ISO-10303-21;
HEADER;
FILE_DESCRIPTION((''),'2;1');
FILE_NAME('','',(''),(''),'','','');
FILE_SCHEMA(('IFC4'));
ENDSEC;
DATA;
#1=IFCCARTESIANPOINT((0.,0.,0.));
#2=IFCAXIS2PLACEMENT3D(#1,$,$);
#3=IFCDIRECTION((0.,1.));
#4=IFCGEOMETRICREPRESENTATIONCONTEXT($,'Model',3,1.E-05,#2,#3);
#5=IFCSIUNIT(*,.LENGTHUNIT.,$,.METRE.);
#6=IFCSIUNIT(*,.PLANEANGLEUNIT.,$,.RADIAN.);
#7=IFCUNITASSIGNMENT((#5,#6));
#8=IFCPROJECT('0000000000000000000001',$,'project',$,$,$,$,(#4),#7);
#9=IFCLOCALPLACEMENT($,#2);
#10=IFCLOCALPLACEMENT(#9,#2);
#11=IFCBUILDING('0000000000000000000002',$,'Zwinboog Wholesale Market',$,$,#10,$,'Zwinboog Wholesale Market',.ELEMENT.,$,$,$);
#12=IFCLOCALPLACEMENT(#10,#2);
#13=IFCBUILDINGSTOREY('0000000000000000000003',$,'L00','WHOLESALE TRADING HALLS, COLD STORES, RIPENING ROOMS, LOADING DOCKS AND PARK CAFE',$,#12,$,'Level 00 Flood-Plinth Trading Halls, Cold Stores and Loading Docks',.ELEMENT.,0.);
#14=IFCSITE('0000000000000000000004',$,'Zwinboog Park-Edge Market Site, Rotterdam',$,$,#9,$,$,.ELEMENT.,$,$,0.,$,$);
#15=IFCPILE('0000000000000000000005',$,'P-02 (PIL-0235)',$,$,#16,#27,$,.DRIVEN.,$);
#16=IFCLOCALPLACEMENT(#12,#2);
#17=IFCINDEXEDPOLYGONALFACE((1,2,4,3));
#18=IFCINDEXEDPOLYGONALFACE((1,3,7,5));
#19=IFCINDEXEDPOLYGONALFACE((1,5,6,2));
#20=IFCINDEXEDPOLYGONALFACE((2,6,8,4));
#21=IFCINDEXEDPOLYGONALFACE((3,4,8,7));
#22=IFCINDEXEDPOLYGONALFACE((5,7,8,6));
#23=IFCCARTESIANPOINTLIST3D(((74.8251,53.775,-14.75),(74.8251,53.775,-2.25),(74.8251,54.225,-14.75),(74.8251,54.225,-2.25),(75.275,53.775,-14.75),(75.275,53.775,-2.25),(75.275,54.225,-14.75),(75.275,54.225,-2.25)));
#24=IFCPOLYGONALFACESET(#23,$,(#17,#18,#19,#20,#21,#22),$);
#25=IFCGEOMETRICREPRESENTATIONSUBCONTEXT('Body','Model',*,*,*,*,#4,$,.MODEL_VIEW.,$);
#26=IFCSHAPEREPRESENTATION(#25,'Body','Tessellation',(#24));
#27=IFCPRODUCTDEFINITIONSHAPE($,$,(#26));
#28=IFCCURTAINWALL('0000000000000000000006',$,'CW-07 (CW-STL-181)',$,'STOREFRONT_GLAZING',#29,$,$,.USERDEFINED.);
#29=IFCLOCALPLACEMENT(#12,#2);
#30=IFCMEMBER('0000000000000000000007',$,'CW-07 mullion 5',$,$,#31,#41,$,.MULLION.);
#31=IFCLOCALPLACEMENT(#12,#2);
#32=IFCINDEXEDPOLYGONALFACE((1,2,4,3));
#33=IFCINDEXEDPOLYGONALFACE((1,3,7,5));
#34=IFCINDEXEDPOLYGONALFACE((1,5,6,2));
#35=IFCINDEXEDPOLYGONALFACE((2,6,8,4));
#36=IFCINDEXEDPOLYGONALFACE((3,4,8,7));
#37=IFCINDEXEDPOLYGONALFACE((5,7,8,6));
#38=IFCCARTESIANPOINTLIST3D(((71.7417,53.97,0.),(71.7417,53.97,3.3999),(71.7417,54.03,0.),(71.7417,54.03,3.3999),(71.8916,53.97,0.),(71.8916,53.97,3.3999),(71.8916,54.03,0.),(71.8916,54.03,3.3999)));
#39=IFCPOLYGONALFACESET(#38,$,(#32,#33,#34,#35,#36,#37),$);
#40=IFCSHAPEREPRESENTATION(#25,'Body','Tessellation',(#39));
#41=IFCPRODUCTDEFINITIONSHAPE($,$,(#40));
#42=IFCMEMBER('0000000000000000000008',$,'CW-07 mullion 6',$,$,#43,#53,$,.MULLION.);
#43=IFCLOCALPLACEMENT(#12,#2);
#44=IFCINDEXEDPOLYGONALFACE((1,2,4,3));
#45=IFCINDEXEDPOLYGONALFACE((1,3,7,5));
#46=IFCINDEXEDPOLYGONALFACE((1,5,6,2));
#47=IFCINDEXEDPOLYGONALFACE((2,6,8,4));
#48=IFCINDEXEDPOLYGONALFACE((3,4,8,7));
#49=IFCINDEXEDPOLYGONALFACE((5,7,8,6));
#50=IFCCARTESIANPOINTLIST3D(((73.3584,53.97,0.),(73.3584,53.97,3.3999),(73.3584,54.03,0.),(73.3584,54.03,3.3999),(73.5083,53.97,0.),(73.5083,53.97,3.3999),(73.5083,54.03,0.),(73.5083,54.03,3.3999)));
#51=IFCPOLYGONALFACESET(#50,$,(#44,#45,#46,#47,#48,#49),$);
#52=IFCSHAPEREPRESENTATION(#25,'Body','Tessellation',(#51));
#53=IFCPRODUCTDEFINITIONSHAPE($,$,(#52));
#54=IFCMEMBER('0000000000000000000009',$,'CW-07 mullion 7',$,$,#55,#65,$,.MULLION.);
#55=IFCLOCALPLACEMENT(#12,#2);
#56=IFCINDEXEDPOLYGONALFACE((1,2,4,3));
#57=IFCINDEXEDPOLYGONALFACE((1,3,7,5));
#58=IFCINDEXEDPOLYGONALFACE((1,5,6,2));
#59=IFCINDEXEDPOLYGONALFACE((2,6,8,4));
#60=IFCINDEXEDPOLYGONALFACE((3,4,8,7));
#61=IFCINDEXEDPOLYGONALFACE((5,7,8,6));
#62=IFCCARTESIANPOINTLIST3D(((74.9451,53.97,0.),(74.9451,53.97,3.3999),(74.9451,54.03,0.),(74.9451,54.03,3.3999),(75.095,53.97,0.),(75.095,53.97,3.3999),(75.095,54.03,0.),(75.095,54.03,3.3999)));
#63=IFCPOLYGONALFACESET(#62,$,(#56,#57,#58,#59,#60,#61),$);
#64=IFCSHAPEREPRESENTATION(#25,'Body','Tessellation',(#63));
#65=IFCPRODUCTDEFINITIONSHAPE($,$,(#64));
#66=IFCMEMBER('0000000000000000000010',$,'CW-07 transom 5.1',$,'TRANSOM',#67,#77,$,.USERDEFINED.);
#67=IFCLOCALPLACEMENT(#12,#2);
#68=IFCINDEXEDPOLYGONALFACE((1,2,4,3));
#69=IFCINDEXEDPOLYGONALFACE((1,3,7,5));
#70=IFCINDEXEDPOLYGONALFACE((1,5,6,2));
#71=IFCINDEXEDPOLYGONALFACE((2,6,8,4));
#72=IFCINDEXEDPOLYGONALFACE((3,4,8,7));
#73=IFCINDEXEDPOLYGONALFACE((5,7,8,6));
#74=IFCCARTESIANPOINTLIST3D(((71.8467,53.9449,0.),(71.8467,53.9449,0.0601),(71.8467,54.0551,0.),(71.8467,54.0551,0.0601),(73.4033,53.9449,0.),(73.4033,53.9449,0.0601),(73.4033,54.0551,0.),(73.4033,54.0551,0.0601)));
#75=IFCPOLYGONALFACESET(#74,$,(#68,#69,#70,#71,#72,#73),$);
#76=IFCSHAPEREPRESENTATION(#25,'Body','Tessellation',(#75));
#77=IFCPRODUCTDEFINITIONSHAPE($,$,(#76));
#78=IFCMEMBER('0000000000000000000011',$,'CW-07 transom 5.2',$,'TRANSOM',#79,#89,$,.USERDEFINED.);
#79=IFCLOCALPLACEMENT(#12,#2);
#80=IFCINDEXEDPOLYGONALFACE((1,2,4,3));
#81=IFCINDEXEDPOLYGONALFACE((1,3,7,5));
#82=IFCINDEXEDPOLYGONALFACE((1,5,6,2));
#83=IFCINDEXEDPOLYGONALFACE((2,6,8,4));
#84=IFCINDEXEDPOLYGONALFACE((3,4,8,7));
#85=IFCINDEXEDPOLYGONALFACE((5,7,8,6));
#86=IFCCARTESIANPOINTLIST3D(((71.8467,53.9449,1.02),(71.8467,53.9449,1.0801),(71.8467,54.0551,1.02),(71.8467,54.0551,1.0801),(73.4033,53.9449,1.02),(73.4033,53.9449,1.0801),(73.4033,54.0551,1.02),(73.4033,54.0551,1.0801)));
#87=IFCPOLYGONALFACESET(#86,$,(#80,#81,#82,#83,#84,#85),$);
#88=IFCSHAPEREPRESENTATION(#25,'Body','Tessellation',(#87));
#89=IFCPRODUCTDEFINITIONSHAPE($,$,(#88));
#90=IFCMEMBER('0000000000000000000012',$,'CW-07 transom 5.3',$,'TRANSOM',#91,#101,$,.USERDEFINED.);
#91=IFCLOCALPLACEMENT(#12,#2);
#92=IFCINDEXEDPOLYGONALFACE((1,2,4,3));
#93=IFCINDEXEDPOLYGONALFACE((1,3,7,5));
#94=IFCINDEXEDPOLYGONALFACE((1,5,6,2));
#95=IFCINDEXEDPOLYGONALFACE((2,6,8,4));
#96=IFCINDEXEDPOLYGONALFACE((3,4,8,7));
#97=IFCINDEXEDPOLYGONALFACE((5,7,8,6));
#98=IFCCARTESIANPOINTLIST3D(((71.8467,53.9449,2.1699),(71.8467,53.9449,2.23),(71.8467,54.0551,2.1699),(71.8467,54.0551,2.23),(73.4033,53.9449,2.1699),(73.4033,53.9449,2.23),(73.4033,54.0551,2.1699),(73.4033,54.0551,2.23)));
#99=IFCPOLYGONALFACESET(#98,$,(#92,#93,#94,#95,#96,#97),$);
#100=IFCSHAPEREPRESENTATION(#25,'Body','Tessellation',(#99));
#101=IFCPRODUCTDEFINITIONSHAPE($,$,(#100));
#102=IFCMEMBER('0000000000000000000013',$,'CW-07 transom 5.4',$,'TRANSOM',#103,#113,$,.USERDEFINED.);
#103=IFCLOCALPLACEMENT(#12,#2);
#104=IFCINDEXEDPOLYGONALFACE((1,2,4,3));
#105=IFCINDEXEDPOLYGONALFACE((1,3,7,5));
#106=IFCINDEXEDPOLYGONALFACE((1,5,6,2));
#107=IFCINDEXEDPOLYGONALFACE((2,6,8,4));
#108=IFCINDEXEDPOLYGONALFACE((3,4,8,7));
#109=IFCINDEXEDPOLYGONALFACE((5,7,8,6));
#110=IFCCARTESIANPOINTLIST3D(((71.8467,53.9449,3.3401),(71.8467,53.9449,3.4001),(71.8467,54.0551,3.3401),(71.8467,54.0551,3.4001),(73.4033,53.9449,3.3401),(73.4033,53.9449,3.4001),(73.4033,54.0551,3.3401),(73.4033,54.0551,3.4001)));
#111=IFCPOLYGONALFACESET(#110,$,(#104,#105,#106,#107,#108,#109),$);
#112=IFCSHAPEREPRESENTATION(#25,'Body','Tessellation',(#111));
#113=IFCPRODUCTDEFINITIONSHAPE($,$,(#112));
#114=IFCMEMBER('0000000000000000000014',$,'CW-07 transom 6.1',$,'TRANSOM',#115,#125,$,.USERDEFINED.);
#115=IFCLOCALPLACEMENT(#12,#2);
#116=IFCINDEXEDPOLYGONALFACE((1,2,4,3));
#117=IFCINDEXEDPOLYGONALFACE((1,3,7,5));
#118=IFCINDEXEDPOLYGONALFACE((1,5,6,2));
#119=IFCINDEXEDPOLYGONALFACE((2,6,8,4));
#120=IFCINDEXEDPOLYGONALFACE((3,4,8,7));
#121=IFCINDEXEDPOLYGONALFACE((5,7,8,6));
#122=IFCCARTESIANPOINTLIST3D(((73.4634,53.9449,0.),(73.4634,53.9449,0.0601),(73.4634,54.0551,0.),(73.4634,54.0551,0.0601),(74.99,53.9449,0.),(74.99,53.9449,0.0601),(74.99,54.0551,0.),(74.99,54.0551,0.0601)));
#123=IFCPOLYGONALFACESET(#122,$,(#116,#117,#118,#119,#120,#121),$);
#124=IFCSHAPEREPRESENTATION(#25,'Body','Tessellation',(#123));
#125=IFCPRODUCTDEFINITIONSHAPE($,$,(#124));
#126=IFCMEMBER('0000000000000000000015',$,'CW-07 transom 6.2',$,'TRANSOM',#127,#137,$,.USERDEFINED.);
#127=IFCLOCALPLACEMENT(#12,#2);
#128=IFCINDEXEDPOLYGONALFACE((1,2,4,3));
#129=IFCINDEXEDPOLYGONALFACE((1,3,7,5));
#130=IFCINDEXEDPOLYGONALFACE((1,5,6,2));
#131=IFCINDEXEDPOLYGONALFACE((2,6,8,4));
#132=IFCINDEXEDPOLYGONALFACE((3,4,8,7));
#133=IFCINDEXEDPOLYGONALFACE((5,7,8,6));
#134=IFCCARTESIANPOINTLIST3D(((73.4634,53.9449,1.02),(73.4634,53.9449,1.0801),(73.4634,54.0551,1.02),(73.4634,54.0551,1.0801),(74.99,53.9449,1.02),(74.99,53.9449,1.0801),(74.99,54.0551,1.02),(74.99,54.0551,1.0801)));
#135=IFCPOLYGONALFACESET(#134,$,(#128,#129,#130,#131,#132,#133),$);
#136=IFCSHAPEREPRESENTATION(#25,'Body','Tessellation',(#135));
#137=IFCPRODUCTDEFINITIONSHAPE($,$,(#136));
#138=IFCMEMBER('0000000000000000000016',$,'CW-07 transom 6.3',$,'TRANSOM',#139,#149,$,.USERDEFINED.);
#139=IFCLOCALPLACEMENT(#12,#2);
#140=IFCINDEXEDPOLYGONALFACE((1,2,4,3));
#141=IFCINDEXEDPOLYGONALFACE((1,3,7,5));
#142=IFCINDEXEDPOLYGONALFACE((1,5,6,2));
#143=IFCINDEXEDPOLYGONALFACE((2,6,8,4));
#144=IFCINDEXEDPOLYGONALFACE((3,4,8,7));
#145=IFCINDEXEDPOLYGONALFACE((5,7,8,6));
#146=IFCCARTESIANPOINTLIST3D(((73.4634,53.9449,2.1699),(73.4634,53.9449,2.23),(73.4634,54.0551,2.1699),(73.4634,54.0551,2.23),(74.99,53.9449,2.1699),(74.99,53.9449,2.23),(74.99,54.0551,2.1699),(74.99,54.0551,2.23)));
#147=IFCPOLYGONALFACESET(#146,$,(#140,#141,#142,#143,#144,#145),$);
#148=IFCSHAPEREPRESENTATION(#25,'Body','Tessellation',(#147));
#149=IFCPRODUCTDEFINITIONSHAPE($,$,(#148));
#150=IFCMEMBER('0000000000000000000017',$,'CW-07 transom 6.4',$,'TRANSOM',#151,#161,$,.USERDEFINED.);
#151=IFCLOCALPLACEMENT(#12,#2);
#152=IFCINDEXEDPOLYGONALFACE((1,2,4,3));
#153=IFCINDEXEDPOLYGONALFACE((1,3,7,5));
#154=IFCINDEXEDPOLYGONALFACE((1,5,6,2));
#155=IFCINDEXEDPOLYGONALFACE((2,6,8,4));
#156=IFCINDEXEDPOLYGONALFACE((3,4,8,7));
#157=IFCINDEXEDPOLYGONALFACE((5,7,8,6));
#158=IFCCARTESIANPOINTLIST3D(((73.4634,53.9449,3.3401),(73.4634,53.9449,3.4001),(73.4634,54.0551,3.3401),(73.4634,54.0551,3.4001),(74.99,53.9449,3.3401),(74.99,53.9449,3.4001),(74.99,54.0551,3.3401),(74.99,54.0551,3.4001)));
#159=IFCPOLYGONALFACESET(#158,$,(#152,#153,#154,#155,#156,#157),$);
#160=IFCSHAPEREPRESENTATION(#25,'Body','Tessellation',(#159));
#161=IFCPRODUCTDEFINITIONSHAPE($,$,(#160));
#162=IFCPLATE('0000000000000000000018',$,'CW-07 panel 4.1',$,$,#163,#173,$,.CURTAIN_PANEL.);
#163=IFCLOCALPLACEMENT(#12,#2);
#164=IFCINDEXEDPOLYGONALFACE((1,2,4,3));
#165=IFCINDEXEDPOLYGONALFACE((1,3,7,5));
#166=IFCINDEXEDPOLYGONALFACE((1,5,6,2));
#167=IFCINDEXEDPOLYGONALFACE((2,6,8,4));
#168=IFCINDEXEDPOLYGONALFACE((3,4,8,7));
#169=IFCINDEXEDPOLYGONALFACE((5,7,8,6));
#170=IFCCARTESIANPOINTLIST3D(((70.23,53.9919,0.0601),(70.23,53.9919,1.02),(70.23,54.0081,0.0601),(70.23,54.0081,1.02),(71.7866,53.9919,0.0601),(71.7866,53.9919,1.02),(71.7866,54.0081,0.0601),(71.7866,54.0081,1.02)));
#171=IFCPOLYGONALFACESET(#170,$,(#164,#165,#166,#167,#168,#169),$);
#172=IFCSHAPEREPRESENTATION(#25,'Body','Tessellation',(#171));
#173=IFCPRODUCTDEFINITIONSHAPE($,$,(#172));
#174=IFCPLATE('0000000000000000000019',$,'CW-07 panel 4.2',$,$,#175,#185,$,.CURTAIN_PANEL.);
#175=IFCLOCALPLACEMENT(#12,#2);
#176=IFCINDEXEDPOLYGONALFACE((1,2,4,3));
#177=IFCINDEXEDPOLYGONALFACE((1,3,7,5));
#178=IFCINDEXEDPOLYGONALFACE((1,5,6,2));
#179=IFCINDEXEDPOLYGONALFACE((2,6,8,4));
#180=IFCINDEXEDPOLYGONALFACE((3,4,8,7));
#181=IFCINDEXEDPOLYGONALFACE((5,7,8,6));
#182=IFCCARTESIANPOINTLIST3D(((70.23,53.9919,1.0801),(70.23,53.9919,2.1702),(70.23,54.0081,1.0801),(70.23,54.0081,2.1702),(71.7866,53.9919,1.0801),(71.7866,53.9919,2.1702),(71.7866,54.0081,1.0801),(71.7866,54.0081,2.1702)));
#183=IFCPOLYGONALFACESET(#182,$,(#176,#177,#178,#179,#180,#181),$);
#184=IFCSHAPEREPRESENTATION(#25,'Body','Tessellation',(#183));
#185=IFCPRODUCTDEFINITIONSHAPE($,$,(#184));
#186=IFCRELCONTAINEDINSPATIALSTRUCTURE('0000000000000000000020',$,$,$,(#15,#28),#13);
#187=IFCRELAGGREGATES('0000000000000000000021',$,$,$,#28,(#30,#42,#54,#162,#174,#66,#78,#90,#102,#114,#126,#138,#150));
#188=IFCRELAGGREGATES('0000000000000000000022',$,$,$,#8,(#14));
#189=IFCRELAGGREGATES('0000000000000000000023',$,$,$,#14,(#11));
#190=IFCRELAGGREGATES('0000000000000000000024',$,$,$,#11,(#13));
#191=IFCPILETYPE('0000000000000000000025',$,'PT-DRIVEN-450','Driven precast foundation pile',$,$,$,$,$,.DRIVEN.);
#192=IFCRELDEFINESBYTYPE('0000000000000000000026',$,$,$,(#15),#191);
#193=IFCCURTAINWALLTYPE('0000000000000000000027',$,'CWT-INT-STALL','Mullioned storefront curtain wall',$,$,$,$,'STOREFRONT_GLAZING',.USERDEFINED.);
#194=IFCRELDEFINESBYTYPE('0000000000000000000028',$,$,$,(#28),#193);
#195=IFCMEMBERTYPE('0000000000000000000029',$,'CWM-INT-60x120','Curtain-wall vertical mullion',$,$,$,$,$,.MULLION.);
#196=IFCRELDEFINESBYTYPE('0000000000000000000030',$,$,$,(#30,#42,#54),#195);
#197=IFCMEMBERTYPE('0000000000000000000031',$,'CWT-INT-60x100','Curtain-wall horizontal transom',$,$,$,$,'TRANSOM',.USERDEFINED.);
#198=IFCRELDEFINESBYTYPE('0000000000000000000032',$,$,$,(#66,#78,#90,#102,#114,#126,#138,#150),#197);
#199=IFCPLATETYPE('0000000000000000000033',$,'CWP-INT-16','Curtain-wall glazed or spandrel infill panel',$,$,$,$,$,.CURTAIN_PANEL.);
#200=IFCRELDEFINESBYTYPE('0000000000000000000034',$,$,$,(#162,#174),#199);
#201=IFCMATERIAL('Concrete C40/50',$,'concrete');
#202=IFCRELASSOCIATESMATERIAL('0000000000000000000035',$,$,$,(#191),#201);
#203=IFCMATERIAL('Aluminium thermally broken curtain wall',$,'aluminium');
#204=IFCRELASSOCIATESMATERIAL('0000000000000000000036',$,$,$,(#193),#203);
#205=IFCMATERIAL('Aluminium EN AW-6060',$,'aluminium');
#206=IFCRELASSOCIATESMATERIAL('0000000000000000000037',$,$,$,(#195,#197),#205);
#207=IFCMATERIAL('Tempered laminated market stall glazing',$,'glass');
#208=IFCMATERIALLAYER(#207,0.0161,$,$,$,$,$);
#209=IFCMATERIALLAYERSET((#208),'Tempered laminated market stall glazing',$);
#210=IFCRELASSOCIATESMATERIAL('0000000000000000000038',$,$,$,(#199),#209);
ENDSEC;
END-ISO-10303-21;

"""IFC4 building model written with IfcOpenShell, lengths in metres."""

from ifc_helpers import new_model, si_unit, direction, frame, origin, origin_2d, place, context, subcontext, project, spatial, rectangle, extrude, material, layer, layer_set, material_profile, profile_set, type_object, element, aggregate, save


model = new_model("IFC4")

# Units and contexts
model_context = context("Model", 3, precision=1e-05, world=origin(), true_north=direction((0.0, 1.0)))
body_context = subcontext(model_context, "Body", "Model", "MODEL_VIEW")
ifc_project = project(units=[si_unit("LENGTHUNIT", "METRE"), si_unit("PLANEANGLEUNIT", "RADIAN")], contexts=[model_context])

# Site, building, storey
site_placement = place(None, origin())
site = spatial("IfcSite", under=ifc_project, at=site_placement, Name="Zwinboog Park-Edge Market Site, Rotterdam", CompositionType="ELEMENT", RefElevation=0.0)
building_placement = place(site_placement, origin())
building = spatial("IfcBuilding", under=site, at=building_placement, Name="Zwinboog Wholesale Market", LongName="Zwinboog Wholesale Market", CompositionType="ELEMENT")
storey_placement = place(building_placement, origin())
storey = spatial("IfcBuildingStorey", under=building, at=storey_placement, Name="L00", Description="WHOLESALE TRADING HALLS, COLD STORES, RIPENING ROOMS, LOADING DOCKS AND PARK CAFE", LongName="Level 00 Flood-Plinth Trading Halls, Cold Stores and Loading Docks", CompositionType="ELEMENT", Elevation=0.0)

# Pile
ifc_material_1 = material(Name="Concrete C40/50", Category="concrete")
ifc_material_profile_1 = material_profile(ifc_material_1, rectangle(XDim=0.45, YDim=0.45, at=origin_2d()), Name="PILE SQ450")
ifc_profile_set_1 = profile_set([ifc_material_profile_1], Name="Concrete C40/50")
pile_type = type_object("IfcPileType", Name="PT-DRIVEN-450", Description="Driven precast foundation pile", PredefinedType="DRIVEN", material=ifc_profile_set_1)
pile_placement = place(storey_placement, frame((75.05, 54.0, -2.25), z_axis=(0.0, 0.0, -1.0), x_axis=(1.0, 0.0, 0.0)))
element("IfcPile", 1, at=pile_placement, inside=storey, type_object=pile_type, Name="P-02 (PIL-0235)", PredefinedType="DRIVEN", context=body_context, shape_type="SweptSolid", body=[
    extrude(rectangle(XDim=0.45, YDim=0.45, at=origin_2d()), origin(), (0.0, 0.0, 1.0), 12.5),
])

# Curtain wall, members, plates
ifc_material_2 = material(Name="Aluminium thermally broken curtain wall", Category="aluminium")
curtain_wall_type = type_object("IfcCurtainWallType", Name="CWT-INT-STALL", Description="Mullioned storefront curtain wall", ElementType="STOREFRONT_GLAZING", PredefinedType="USERDEFINED", material=ifc_material_2)
curtain_wall_placement = place(storey_placement, origin())
curtain_wall = element("IfcCurtainWall", 2, at=curtain_wall_placement, inside=storey, type_object=curtain_wall_type, Name="CW-07 (CW-STL-181)", ObjectType="STOREFRONT_GLAZING", PredefinedType="USERDEFINED")
ifc_material_3 = material(Name="Aluminium EN AW-6060", Category="aluminium")
ifc_material_profile_2 = material_profile(ifc_material_3, rectangle(XDim=0.0601, YDim=0.1499, at=origin_2d()), Name="AL 60x150")
ifc_profile_set_2 = profile_set([ifc_material_profile_2], Name="Aluminium EN AW-6060")
member_type_1 = type_object("IfcMemberType", Name="CWM-INT-60x120", Description="Curtain-wall vertical mullion", PredefinedType="MULLION", material=ifc_profile_set_2)
member_1_placement = place(storey_placement, frame((71.8167, 54.0, 0.0), z_axis=(0.0, 0.0, 1.0), x_axis=(0.0, 1.0, 0.0)))
member_1 = element("IfcMember", 3, at=member_1_placement, type_object=member_type_1, Name="CW-07 mullion 5", PredefinedType="MULLION", context=body_context, shape_type="SweptSolid", body=[
    extrude(rectangle(XDim=0.0601, YDim=0.1499, at=origin_2d()), origin(), (0.0, 0.0, 1.0), 3.3999),
])
member_2_placement = place(storey_placement, frame((73.4333, 54.0, 0.0), z_axis=(0.0, 0.0, 1.0), x_axis=(0.0, 1.0, 0.0)))
member_2 = element("IfcMember", 4, at=member_2_placement, type_object=member_type_1, Name="CW-07 mullion 6", PredefinedType="MULLION", context=body_context, shape_type="SweptSolid", body=[
    extrude(rectangle(XDim=0.0601, YDim=0.1499, at=origin_2d()), origin(), (0.0, 0.0, 1.0), 3.3999),
])
member_3_placement = place(storey_placement, frame((75.02, 54.0, 0.0), z_axis=(0.0, 0.0, 1.0), x_axis=(0.0, 1.0, 0.0)))
member_3 = element("IfcMember", 5, at=member_3_placement, type_object=member_type_1, Name="CW-07 mullion 7", PredefinedType="MULLION", context=body_context, shape_type="SweptSolid", body=[
    extrude(rectangle(XDim=0.0601, YDim=0.1499, at=origin_2d()), origin(), (0.0, 0.0, 1.0), 3.3999),
])
ifc_material_profile_3 = material_profile(ifc_material_3, rectangle(XDim=0.1101, YDim=0.0601, at=origin_2d()), Name="AL 60x110")
ifc_profile_set_3 = profile_set([ifc_material_profile_3], Name="Aluminium EN AW-6060")
member_type_2 = type_object("IfcMemberType", Name="CWT-INT-60x100", Description="Curtain-wall horizontal transom", ElementType="TRANSOM", PredefinedType="USERDEFINED", material=ifc_profile_set_3)
member_4_placement = place(storey_placement, frame((71.8467, 54.0, 0.03), z_axis=(1.0, 0.0, 0.0), x_axis=(0.0, 1.0, 0.0)))
member_4 = element("IfcMember", 6, at=member_4_placement, type_object=member_type_2, Name="CW-07 transom 5.1", ObjectType="TRANSOM", PredefinedType="USERDEFINED", context=body_context, shape_type="SweptSolid", body=[
    extrude(rectangle(XDim=0.1101, YDim=0.0601, at=origin_2d()), origin(), (0.0, 0.0, 1.0), 1.5566),
])
member_5_placement = place(storey_placement, frame((71.8467, 54.0, 1.05), z_axis=(1.0, 0.0, 0.0), x_axis=(0.0, 1.0, 0.0)))
member_5 = element("IfcMember", 7, at=member_5_placement, type_object=member_type_2, Name="CW-07 transom 5.2", ObjectType="TRANSOM", PredefinedType="USERDEFINED", context=body_context, shape_type="SweptSolid", body=[
    extrude(rectangle(XDim=0.1101, YDim=0.0601, at=origin_2d()), origin(), (0.0, 0.0, 1.0), 1.5566),
])
member_6_placement = place(storey_placement, frame((71.8467, 54.0, 2.2), z_axis=(1.0, 0.0, 0.0), x_axis=(0.0, 1.0, 0.0)))
member_6 = element("IfcMember", 8, at=member_6_placement, type_object=member_type_2, Name="CW-07 transom 5.3", ObjectType="TRANSOM", PredefinedType="USERDEFINED", context=body_context, shape_type="SweptSolid", body=[
    extrude(rectangle(XDim=0.1101, YDim=0.0601, at=origin_2d()), origin(), (0.0, 0.0, 1.0), 1.5566),
])
member_7_placement = place(storey_placement, frame((71.8467, 54.0, 3.3701), z_axis=(1.0, 0.0, 0.0), x_axis=(0.0, 1.0, 0.0)))
member_7 = element("IfcMember", 9, at=member_7_placement, type_object=member_type_2, Name="CW-07 transom 5.4", ObjectType="TRANSOM", PredefinedType="USERDEFINED", context=body_context, shape_type="SweptSolid", body=[
    extrude(rectangle(XDim=0.1101, YDim=0.0601, at=origin_2d()), origin(), (0.0, 0.0, 1.0), 1.5566),
])
member_8_placement = place(storey_placement, frame((73.4634, 54.0, 0.03), z_axis=(1.0, 0.0, 0.0), x_axis=(0.0, 1.0, 0.0)))
member_8 = element("IfcMember", 10, at=member_8_placement, type_object=member_type_2, Name="CW-07 transom 6.1", ObjectType="TRANSOM", PredefinedType="USERDEFINED", context=body_context, shape_type="SweptSolid", body=[
    extrude(rectangle(XDim=0.1101, YDim=0.0601, at=origin_2d()), origin(), (0.0, 0.0, 1.0), 1.5266),
])
member_9_placement = place(storey_placement, frame((73.4634, 54.0, 1.05), z_axis=(1.0, 0.0, 0.0), x_axis=(0.0, 1.0, 0.0)))
member_9 = element("IfcMember", 11, at=member_9_placement, type_object=member_type_2, Name="CW-07 transom 6.2", ObjectType="TRANSOM", PredefinedType="USERDEFINED", context=body_context, shape_type="SweptSolid", body=[
    extrude(rectangle(XDim=0.1101, YDim=0.0601, at=origin_2d()), origin(), (0.0, 0.0, 1.0), 1.5266),
])
member_10_placement = place(storey_placement, frame((73.4634, 54.0, 2.2), z_axis=(1.0, 0.0, 0.0), x_axis=(0.0, 1.0, 0.0)))
member_10 = element("IfcMember", 12, at=member_10_placement, type_object=member_type_2, Name="CW-07 transom 6.3", ObjectType="TRANSOM", PredefinedType="USERDEFINED", context=body_context, shape_type="SweptSolid", body=[
    extrude(rectangle(XDim=0.1101, YDim=0.0601, at=origin_2d()), origin(), (0.0, 0.0, 1.0), 1.5266),
])
member_11_placement = place(storey_placement, frame((73.4634, 54.0, 3.3701), z_axis=(1.0, 0.0, 0.0), x_axis=(0.0, 1.0, 0.0)))
member_11 = element("IfcMember", 13, at=member_11_placement, type_object=member_type_2, Name="CW-07 transom 6.4", ObjectType="TRANSOM", PredefinedType="USERDEFINED", context=body_context, shape_type="SweptSolid", body=[
    extrude(rectangle(XDim=0.1101, YDim=0.0601, at=origin_2d()), origin(), (0.0, 0.0, 1.0), 1.5266),
])
ifc_material_4 = material(Name="Tempered laminated market stall glazing", Category="glass")
ifc_layer = layer(ifc_material_4, 0.0161)
ifc_layer_set = layer_set([ifc_layer], Name="Tempered laminated market stall glazing")
plate_type = type_object("IfcPlateType", Name="CWP-INT-16", Description="Curtain-wall glazed or spandrel infill panel", PredefinedType="CURTAIN_PANEL", material=ifc_layer_set)
plate_1_placement = place(storey_placement, frame((71.0083, 54.0, 0.0601), z_axis=(0.0, 0.0, 1.0), x_axis=(1.0, 0.0, 0.0)))
plate_1 = element("IfcPlate", 14, at=plate_1_placement, type_object=plate_type, Name="CW-07 panel 4.1", PredefinedType="CURTAIN_PANEL", context=body_context, shape_type="SweptSolid", body=[
    extrude(rectangle(XDim=1.5566, YDim=0.0161, at=origin_2d()), origin(), (0.0, 0.0, 1.0), 0.96),
])
plate_2_placement = place(storey_placement, frame((71.0083, 54.0, 1.0801), z_axis=(0.0, 0.0, 1.0), x_axis=(1.0, 0.0, 0.0)))
plate_2 = element("IfcPlate", 15, at=plate_2_placement, type_object=plate_type, Name="CW-07 panel 4.2", PredefinedType="CURTAIN_PANEL", context=body_context, shape_type="SweptSolid", body=[
    extrude(rectangle(XDim=1.5566, YDim=0.0161, at=origin_2d()), origin(), (0.0, 0.0, 1.0), 1.0901),
])
aggregate(curtain_wall, [member_1, member_2, member_3, plate_1, plate_2, member_4, member_5, member_6, member_7, member_8, member_9, member_10, member_11])

save(model, "model.ifc")
